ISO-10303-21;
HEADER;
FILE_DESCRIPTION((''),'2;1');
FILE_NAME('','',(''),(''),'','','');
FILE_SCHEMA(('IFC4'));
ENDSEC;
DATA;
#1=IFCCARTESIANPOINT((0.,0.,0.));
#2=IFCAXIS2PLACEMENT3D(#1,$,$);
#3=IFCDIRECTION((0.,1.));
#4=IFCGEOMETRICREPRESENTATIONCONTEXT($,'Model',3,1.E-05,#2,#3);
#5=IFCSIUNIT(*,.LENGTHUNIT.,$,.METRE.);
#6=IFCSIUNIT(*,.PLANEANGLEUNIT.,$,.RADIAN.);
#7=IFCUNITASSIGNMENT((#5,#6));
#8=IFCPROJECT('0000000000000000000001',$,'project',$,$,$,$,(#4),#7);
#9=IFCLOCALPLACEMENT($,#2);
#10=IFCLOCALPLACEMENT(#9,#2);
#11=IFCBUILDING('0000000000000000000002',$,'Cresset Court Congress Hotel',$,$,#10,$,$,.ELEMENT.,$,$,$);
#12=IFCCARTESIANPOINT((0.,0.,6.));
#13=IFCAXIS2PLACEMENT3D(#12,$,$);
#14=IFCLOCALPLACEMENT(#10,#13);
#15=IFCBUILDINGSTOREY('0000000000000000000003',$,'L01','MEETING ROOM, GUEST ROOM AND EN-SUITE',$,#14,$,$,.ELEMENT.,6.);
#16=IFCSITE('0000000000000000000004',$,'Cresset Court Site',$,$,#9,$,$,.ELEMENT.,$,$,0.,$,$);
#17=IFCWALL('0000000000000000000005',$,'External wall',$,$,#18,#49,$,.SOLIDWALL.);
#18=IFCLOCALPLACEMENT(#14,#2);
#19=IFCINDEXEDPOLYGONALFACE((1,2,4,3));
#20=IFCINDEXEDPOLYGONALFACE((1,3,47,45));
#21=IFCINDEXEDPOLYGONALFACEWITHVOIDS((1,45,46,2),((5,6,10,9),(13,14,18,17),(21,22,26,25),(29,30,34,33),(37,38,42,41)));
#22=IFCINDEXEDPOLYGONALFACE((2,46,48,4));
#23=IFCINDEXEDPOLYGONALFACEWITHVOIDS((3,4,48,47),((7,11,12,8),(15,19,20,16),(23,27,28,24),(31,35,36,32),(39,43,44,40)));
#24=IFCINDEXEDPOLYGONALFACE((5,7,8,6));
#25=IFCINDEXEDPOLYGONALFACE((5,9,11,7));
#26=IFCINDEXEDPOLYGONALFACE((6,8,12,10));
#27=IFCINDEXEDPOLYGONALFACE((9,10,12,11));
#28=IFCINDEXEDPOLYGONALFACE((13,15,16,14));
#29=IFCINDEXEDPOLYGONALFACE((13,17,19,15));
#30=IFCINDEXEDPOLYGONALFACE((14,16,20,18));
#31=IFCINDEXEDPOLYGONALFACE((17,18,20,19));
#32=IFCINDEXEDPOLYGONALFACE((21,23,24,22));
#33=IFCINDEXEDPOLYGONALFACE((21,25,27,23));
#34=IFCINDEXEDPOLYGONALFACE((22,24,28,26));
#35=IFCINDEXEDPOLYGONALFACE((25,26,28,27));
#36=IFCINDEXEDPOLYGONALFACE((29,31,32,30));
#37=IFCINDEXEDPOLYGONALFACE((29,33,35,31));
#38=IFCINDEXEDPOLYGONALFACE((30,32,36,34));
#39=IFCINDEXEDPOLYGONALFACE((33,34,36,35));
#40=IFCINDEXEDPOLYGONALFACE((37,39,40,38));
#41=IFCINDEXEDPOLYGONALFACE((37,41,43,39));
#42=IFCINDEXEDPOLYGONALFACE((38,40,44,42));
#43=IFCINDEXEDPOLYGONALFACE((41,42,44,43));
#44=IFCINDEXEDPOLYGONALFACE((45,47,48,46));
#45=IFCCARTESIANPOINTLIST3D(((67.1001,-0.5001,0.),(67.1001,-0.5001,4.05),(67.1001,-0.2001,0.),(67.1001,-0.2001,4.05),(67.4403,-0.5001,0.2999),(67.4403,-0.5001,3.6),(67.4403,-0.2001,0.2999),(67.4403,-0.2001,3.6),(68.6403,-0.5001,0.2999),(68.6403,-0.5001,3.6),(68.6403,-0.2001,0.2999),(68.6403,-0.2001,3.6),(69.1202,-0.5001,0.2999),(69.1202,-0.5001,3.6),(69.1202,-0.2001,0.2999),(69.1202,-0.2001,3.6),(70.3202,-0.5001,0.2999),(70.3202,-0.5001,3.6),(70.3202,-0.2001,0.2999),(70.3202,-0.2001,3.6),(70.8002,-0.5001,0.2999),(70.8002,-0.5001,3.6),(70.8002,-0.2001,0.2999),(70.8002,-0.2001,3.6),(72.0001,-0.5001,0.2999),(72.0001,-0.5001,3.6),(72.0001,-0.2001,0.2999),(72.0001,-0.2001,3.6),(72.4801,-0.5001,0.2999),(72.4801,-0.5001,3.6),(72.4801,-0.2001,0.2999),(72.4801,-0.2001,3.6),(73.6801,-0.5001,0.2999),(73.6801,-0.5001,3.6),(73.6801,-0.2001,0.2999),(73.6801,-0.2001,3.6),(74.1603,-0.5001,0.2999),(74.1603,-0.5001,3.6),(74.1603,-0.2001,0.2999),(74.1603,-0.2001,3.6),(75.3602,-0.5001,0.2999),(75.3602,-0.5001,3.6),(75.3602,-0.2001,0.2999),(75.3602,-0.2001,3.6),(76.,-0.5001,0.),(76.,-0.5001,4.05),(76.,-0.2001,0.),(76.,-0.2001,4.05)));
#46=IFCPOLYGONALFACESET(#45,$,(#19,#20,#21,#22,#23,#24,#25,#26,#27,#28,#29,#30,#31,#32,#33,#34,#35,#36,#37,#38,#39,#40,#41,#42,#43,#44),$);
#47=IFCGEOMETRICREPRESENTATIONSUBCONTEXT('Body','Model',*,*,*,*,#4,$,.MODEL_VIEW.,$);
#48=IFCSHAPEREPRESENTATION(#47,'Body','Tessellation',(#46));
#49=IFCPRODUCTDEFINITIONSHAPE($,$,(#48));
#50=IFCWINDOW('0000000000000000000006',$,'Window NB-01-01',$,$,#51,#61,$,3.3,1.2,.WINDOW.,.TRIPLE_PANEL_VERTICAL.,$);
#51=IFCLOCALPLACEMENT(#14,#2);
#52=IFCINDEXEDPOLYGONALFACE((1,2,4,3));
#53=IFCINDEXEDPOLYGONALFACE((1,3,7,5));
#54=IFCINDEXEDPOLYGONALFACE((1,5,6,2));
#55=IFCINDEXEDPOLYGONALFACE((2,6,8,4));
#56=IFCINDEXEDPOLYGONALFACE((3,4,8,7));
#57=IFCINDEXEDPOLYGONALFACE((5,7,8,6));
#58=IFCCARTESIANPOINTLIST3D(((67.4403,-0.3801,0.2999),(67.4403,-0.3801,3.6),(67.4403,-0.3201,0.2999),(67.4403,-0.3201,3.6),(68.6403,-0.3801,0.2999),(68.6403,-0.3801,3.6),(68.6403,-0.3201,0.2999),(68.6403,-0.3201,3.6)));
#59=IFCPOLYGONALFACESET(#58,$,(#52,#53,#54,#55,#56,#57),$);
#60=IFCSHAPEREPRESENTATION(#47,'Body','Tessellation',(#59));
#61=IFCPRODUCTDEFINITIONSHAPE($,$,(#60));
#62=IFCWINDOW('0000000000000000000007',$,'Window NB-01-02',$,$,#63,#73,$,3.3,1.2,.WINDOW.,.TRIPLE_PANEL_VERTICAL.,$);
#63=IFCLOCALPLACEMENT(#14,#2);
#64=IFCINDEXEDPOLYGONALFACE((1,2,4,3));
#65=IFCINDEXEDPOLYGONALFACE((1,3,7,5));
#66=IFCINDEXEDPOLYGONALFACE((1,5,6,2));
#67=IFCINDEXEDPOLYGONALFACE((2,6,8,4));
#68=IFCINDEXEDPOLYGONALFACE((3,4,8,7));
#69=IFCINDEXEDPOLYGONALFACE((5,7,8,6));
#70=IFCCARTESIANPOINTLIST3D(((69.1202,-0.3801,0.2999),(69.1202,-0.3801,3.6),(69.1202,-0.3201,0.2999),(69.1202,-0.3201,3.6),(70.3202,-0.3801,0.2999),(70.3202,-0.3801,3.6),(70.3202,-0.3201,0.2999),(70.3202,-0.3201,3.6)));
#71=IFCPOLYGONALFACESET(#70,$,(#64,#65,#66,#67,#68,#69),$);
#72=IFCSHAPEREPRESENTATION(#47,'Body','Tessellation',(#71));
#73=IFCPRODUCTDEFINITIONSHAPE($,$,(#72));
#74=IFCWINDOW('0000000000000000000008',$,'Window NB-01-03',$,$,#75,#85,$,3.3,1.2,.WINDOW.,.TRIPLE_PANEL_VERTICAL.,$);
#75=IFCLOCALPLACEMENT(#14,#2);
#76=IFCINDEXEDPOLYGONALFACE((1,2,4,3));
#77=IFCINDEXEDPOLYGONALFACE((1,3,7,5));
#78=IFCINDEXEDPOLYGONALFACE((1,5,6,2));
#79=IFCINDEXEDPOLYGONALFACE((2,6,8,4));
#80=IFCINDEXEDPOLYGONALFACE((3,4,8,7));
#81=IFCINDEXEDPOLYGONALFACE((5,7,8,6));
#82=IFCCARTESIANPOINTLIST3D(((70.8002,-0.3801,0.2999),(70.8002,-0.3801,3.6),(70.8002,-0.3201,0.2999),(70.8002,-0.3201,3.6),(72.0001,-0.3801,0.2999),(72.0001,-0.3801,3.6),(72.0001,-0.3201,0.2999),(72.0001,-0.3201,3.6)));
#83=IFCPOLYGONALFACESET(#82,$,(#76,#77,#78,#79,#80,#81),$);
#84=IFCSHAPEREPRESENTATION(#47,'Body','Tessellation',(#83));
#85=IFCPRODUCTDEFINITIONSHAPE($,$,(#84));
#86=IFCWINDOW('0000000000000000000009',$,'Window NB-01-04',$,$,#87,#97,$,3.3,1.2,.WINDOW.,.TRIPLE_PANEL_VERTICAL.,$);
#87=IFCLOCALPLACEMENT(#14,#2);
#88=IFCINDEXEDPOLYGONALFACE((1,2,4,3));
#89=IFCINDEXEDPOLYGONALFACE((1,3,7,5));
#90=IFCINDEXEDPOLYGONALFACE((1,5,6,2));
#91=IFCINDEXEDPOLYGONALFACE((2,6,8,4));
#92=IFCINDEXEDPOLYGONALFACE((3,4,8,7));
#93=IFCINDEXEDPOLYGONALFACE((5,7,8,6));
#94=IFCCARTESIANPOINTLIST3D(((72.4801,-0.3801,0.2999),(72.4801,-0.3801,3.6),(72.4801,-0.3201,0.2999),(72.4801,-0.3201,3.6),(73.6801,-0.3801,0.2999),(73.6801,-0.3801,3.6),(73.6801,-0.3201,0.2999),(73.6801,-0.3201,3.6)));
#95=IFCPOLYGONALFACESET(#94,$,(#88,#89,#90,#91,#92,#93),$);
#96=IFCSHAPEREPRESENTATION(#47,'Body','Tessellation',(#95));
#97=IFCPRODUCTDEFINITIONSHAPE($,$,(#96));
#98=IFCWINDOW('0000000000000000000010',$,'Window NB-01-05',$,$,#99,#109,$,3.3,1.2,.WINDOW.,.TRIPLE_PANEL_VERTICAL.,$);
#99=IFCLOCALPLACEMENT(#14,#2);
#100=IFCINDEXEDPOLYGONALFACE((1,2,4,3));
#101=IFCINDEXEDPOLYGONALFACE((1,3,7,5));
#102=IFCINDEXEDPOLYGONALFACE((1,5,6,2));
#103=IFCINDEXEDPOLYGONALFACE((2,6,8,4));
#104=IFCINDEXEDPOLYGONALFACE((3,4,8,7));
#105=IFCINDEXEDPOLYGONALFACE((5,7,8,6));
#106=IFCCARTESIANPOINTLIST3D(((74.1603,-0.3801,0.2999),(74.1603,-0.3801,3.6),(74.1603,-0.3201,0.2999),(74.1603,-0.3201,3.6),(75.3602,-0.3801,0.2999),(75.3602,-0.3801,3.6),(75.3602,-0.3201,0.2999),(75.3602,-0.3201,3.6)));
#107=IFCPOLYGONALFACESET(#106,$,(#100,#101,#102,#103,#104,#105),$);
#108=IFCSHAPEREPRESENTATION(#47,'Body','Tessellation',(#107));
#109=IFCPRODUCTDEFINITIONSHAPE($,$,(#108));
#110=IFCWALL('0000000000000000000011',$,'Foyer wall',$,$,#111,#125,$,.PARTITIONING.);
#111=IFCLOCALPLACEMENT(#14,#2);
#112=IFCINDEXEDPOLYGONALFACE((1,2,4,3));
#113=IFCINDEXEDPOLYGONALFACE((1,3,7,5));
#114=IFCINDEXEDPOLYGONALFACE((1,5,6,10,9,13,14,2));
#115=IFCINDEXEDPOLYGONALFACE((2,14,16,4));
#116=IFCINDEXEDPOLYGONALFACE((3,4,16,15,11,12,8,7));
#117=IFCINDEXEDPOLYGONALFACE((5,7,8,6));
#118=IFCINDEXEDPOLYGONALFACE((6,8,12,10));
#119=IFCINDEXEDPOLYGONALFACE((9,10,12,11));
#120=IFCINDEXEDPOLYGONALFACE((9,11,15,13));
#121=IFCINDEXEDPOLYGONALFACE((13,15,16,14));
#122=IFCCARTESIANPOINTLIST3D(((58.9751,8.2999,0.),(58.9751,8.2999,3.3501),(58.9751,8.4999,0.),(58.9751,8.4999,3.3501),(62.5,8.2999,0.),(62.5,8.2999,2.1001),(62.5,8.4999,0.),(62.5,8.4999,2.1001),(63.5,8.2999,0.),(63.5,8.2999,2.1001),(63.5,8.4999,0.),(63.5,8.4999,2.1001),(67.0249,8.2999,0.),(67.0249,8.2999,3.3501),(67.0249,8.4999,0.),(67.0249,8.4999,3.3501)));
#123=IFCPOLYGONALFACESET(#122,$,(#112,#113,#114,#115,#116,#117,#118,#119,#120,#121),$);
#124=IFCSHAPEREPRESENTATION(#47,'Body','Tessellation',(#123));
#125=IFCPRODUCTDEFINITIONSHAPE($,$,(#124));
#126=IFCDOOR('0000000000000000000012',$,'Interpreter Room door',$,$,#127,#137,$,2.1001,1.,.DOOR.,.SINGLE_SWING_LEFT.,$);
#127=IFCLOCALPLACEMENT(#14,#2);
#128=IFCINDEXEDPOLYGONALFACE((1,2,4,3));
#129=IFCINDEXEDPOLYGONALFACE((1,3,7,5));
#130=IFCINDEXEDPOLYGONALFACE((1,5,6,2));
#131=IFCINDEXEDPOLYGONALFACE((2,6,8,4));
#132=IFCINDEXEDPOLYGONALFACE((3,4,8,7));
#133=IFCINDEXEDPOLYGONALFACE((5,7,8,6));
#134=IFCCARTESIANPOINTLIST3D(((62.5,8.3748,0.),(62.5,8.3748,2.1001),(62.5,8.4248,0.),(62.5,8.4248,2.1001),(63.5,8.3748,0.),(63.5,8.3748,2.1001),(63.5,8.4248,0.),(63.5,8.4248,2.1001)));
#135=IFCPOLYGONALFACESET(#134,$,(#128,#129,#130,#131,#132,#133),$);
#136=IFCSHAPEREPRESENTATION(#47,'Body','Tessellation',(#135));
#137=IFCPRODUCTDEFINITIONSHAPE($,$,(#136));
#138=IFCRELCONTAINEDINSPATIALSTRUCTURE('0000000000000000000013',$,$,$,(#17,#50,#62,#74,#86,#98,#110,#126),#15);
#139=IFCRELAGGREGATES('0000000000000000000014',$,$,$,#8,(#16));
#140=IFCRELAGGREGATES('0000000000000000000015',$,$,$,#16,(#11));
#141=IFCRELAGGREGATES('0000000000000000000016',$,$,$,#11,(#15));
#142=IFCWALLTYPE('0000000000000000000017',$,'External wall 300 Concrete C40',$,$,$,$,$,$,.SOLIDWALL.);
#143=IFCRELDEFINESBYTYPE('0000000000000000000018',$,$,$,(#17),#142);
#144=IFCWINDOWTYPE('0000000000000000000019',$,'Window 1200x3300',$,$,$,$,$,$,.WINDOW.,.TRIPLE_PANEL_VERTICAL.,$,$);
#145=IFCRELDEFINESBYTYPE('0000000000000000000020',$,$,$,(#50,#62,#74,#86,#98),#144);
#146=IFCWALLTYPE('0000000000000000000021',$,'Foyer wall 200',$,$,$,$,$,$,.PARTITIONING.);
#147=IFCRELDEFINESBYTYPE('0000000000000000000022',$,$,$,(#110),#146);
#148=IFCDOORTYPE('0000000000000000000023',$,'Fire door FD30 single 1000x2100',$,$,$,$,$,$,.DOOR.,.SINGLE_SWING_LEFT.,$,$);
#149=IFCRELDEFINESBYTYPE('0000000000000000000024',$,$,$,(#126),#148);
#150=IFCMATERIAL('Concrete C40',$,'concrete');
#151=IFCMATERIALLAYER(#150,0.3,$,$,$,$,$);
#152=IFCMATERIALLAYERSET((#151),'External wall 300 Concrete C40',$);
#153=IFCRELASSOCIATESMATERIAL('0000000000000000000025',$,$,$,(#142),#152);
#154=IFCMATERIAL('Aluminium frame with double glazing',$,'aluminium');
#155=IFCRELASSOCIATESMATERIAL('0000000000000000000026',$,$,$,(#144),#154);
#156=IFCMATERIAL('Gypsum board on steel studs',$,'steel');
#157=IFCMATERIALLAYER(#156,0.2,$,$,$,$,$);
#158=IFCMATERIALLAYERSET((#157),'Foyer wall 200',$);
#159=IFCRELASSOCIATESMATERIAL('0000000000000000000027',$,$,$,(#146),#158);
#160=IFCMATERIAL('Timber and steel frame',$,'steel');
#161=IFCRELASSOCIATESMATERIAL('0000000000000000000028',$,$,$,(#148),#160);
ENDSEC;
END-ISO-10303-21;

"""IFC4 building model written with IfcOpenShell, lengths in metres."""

from ifc_helpers import new_model, si_unit, direction, frame, frame_2d, origin, place, context, subcontext, project, spatial, rectangle, extrude, material, layer, layer_set, type_object, element, fill, save


model = new_model("IFC4")

# Units and contexts
model_context = context("Model", 3, precision=1e-05, world=origin(), true_north=direction((0.0, 1.0)))
body_context = subcontext(model_context, "Body", "Model", "MODEL_VIEW")
ifc_project = project(units=[si_unit("LENGTHUNIT", "METRE"), si_unit("PLANEANGLEUNIT", "RADIAN")], contexts=[model_context])

# Site, building, storey
site_placement = place(None, origin())
site = spatial("IfcSite", under=ifc_project, at=site_placement, Name="Cresset Court Site", CompositionType="ELEMENT", RefElevation=0.0)
building_placement = place(site_placement, origin())
building = spatial("IfcBuilding", under=site, at=building_placement, Name="Cresset Court Congress Hotel", CompositionType="ELEMENT")
storey_placement = place(building_placement, frame((0.0, 0.0, 6.0)))
storey = spatial("IfcBuildingStorey", under=building, at=storey_placement, Name="L01", Description="MEETING ROOM, GUEST ROOM AND EN-SUITE", CompositionType="ELEMENT", Elevation=6.0)

# Wall, openings, windows
ifc_material_1 = material(Name="Concrete C40", Category="concrete")
ifc_layer_1 = layer(ifc_material_1, 0.3)
ifc_layer_set_1 = layer_set([ifc_layer_1], Name="External wall 300 Concrete C40")
wall_type_1 = type_object("IfcWallType", Name="External wall 300 Concrete C40", PredefinedType="SOLIDWALL", material=ifc_layer_set_1)
wall_1_placement = place(storey_placement, frame((67.1001, -0.3501, 0.0), z_axis=(0.0, 0.0, 1.0), x_axis=(1.0, 0.0, 0.0)))
wall_1 = element("IfcWall", 1, at=wall_1_placement, inside=storey, type_object=wall_type_1, Name="External wall", PredefinedType="SOLIDWALL", context=body_context, shape_type="SweptSolid", body=[
    extrude(rectangle(XDim=8.8999, YDim=0.3, at=frame_2d((4.45, 0.0))), origin(), (0.0, 0.0, 1.0), 4.05),
])
opening_1_placement = place(wall_1_placement, frame((0.3401, 0.0, 0.3)))
opening_1 = element("IfcOpeningElement", 2, at=opening_1_placement, cuts=wall_1, PredefinedType="OPENING", context=body_context, shape_type="SweptSolid", body=[
    extrude(rectangle(XDim=1.2, YDim=3.3, at=frame_2d((0.6001, 1.6499))), frame((0.0, 0.1599, 0.0), z_axis=(0.0, -1.0, 0.0), x_axis=(1.0, 0.0, 0.0)), (0.0, 0.0, 1.0), 0.3201),
])
opening_2_placement = place(wall_1_placement, frame((2.02, 0.0, 0.3)))
opening_2 = element("IfcOpeningElement", 3, at=opening_2_placement, cuts=wall_1, PredefinedType="OPENING", context=body_context, shape_type="SweptSolid", body=[
    extrude(rectangle(XDim=1.2, YDim=3.3, at=frame_2d((0.6001, 1.6499))), frame((0.0, 0.1599, 0.0), z_axis=(0.0, -1.0, 0.0), x_axis=(1.0, 0.0, 0.0)), (0.0, 0.0, 1.0), 0.3201),
])
opening_3_placement = place(wall_1_placement, frame((3.7, 0.0, 0.3)))
opening_3 = element("IfcOpeningElement", 4, at=opening_3_placement, cuts=wall_1, PredefinedType="OPENING", context=body_context, shape_type="SweptSolid", body=[
    extrude(rectangle(XDim=1.2, YDim=3.3, at=frame_2d((0.6001, 1.6499))), frame((0.0, 0.1599, 0.0), z_axis=(0.0, -1.0, 0.0), x_axis=(1.0, 0.0, 0.0)), (0.0, 0.0, 1.0), 0.3201),
])
opening_4_placement = place(wall_1_placement, frame((5.3799, 0.0, 0.3)))
opening_4 = element("IfcOpeningElement", 5, at=opening_4_placement, cuts=wall_1, PredefinedType="OPENING", context=body_context, shape_type="SweptSolid", body=[
    extrude(rectangle(XDim=1.2, YDim=3.3, at=frame_2d((0.6001, 1.6499))), frame((0.0, 0.1599, 0.0), z_axis=(0.0, -1.0, 0.0), x_axis=(1.0, 0.0, 0.0)), (0.0, 0.0, 1.0), 0.3201),
])
opening_5_placement = place(wall_1_placement, frame((7.0601, 0.0, 0.3)))
opening_5 = element("IfcOpeningElement", 6, at=opening_5_placement, cuts=wall_1, PredefinedType="OPENING", context=body_context, shape_type="SweptSolid", body=[
    extrude(rectangle(XDim=1.2, YDim=3.3, at=frame_2d((0.6001, 1.6499))), frame((0.0, 0.1599, 0.0), z_axis=(0.0, -1.0, 0.0), x_axis=(1.0, 0.0, 0.0)), (0.0, 0.0, 1.0), 0.3201),
])
ifc_material_2 = material(Name="Aluminium frame with double glazing", Category="aluminium")
window_type = type_object("IfcWindowType", Name="Window 1200x3300", PartitioningType="TRIPLE_PANEL_VERTICAL", PredefinedType="WINDOW", material=ifc_material_2)
window_1_placement = place(opening_1_placement, origin())
window_1 = element("IfcWindow", 7, at=window_1_placement, inside=storey, type_object=window_type, Name="Window NB-01-01", OverallHeight=3.3, OverallWidth=1.2, PartitioningType="TRIPLE_PANEL_VERTICAL", PredefinedType="WINDOW", context=body_context, shape_type="SweptSolid", body=[
    extrude(rectangle(XDim=1.2, YDim=3.3, at=frame_2d((0.6001, 1.6499))), frame((0.0, 0.03, 0.0), z_axis=(0.0, -1.0, 0.0), x_axis=(1.0, 0.0, 0.0)), (0.0, 0.0, 1.0), 0.0601),
])
fill(opening_1, window_1)
window_2_placement = place(opening_2_placement, origin())
window_2 = element("IfcWindow", 8, at=window_2_placement, inside=storey, type_object=window_type, Name="Window NB-01-02", OverallHeight=3.3, OverallWidth=1.2, PartitioningType="TRIPLE_PANEL_VERTICAL", PredefinedType="WINDOW", context=body_context, shape_type="SweptSolid", body=[
    extrude(rectangle(XDim=1.2, YDim=3.3, at=frame_2d((0.6001, 1.6499))), frame((0.0, 0.03, 0.0), z_axis=(0.0, -1.0, 0.0), x_axis=(1.0, 0.0, 0.0)), (0.0, 0.0, 1.0), 0.0601),
])
fill(opening_2, window_2)
window_3_placement = place(opening_3_placement, origin())
window_3 = element("IfcWindow", 9, at=window_3_placement, inside=storey, type_object=window_type, Name="Window NB-01-03", OverallHeight=3.3, OverallWidth=1.2, PartitioningType="TRIPLE_PANEL_VERTICAL", PredefinedType="WINDOW", context=body_context, shape_type="SweptSolid", body=[
    extrude(rectangle(XDim=1.2, YDim=3.3, at=frame_2d((0.6001, 1.6499))), frame((0.0, 0.03, 0.0), z_axis=(0.0, -1.0, 0.0), x_axis=(1.0, 0.0, 0.0)), (0.0, 0.0, 1.0), 0.0601),
])
fill(opening_3, window_3)
window_4_placement = place(opening_4_placement, origin())
window_4 = element("IfcWindow", 10, at=window_4_placement, inside=storey, type_object=window_type, Name="Window NB-01-04", OverallHeight=3.3, OverallWidth=1.2, PartitioningType="TRIPLE_PANEL_VERTICAL", PredefinedType="WINDOW", context=body_context, shape_type="SweptSolid", body=[
    extrude(rectangle(XDim=1.2, YDim=3.3, at=frame_2d((0.6001, 1.6499))), frame((0.0, 0.03, 0.0), z_axis=(0.0, -1.0, 0.0), x_axis=(1.0, 0.0, 0.0)), (0.0, 0.0, 1.0), 0.0601),
])
fill(opening_4, window_4)
window_5_placement = place(opening_5_placement, origin())
window_5 = element("IfcWindow", 11, at=window_5_placement, inside=storey, type_object=window_type, Name="Window NB-01-05", OverallHeight=3.3, OverallWidth=1.2, PartitioningType="TRIPLE_PANEL_VERTICAL", PredefinedType="WINDOW", context=body_context, shape_type="SweptSolid", body=[
    extrude(rectangle(XDim=1.2, YDim=3.3, at=frame_2d((0.6001, 1.6499))), frame((0.0, 0.03, 0.0), z_axis=(0.0, -1.0, 0.0), x_axis=(1.0, 0.0, 0.0)), (0.0, 0.0, 1.0), 0.0601),
])
fill(opening_5, window_5)

# Wall, opening, door
ifc_material_3 = material(Name="Gypsum board on steel studs", Category="steel")
ifc_layer_2 = layer(ifc_material_3, 0.2)
ifc_layer_set_2 = layer_set([ifc_layer_2], Name="Foyer wall 200")
wall_type_2 = type_object("IfcWallType", Name="Foyer wall 200", PredefinedType="PARTITIONING", material=ifc_layer_set_2)
wall_2_placement = place(storey_placement, frame((58.9751, 8.3999, 0.0), z_axis=(0.0, 0.0, 1.0), x_axis=(1.0, 0.0, 0.0)))
wall_2 = element("IfcWall", 12, at=wall_2_placement, inside=storey, type_object=wall_type_2, Name="Foyer wall", PredefinedType="PARTITIONING", context=body_context, shape_type="SweptSolid", body=[
    extrude(rectangle(XDim=8.0498, YDim=0.2, at=frame_2d((4.0249, 0.0))), origin(), (0.0, 0.0, 1.0), 3.3501),
])
opening_6_placement = place(wall_2_placement, frame((3.5249, 0.0, 0.0)))
opening_6 = element("IfcOpeningElement", 13, at=opening_6_placement, cuts=wall_2, PredefinedType="OPENING", context=body_context, shape_type="SweptSolid", body=[
    extrude(rectangle(XDim=1.0, YDim=2.1001, at=frame_2d((0.5, 1.05))), frame((0.0, 0.1099, 0.0), z_axis=(0.0, -1.0, 0.0), x_axis=(1.0, 0.0, 0.0)), (0.0, 0.0, 1.0), 0.22),
])
ifc_material_4 = material(Name="Timber and steel frame", Category="steel")
door_type_1 = type_object("IfcDoorType", Name="Fire door FD30 single 1000x2100", OperationType="SINGLE_SWING_LEFT", PredefinedType="DOOR", material=ifc_material_4)
door_1_placement = place(opening_6_placement, origin())
door_1 = element("IfcDoor", 14, at=door_1_placement, inside=storey, type_object=door_type_1, Name="Interpreter Room door", OperationType="SINGLE_SWING_LEFT", OverallHeight=2.1001, OverallWidth=1.0, PredefinedType="DOOR", context=body_context, shape_type="SweptSolid", body=[
    extrude(rectangle(XDim=1.0, YDim=2.1001, at=frame_2d((0.5, 1.05))), frame((0.0, 0.0249, 0.0), z_axis=(0.0, -1.0, 0.0), x_axis=(1.0, 0.0, 0.0)), (0.0, 0.0, 1.0), 0.05),
])
fill(opening_6, door_1)

save(model, "model.ifc")
